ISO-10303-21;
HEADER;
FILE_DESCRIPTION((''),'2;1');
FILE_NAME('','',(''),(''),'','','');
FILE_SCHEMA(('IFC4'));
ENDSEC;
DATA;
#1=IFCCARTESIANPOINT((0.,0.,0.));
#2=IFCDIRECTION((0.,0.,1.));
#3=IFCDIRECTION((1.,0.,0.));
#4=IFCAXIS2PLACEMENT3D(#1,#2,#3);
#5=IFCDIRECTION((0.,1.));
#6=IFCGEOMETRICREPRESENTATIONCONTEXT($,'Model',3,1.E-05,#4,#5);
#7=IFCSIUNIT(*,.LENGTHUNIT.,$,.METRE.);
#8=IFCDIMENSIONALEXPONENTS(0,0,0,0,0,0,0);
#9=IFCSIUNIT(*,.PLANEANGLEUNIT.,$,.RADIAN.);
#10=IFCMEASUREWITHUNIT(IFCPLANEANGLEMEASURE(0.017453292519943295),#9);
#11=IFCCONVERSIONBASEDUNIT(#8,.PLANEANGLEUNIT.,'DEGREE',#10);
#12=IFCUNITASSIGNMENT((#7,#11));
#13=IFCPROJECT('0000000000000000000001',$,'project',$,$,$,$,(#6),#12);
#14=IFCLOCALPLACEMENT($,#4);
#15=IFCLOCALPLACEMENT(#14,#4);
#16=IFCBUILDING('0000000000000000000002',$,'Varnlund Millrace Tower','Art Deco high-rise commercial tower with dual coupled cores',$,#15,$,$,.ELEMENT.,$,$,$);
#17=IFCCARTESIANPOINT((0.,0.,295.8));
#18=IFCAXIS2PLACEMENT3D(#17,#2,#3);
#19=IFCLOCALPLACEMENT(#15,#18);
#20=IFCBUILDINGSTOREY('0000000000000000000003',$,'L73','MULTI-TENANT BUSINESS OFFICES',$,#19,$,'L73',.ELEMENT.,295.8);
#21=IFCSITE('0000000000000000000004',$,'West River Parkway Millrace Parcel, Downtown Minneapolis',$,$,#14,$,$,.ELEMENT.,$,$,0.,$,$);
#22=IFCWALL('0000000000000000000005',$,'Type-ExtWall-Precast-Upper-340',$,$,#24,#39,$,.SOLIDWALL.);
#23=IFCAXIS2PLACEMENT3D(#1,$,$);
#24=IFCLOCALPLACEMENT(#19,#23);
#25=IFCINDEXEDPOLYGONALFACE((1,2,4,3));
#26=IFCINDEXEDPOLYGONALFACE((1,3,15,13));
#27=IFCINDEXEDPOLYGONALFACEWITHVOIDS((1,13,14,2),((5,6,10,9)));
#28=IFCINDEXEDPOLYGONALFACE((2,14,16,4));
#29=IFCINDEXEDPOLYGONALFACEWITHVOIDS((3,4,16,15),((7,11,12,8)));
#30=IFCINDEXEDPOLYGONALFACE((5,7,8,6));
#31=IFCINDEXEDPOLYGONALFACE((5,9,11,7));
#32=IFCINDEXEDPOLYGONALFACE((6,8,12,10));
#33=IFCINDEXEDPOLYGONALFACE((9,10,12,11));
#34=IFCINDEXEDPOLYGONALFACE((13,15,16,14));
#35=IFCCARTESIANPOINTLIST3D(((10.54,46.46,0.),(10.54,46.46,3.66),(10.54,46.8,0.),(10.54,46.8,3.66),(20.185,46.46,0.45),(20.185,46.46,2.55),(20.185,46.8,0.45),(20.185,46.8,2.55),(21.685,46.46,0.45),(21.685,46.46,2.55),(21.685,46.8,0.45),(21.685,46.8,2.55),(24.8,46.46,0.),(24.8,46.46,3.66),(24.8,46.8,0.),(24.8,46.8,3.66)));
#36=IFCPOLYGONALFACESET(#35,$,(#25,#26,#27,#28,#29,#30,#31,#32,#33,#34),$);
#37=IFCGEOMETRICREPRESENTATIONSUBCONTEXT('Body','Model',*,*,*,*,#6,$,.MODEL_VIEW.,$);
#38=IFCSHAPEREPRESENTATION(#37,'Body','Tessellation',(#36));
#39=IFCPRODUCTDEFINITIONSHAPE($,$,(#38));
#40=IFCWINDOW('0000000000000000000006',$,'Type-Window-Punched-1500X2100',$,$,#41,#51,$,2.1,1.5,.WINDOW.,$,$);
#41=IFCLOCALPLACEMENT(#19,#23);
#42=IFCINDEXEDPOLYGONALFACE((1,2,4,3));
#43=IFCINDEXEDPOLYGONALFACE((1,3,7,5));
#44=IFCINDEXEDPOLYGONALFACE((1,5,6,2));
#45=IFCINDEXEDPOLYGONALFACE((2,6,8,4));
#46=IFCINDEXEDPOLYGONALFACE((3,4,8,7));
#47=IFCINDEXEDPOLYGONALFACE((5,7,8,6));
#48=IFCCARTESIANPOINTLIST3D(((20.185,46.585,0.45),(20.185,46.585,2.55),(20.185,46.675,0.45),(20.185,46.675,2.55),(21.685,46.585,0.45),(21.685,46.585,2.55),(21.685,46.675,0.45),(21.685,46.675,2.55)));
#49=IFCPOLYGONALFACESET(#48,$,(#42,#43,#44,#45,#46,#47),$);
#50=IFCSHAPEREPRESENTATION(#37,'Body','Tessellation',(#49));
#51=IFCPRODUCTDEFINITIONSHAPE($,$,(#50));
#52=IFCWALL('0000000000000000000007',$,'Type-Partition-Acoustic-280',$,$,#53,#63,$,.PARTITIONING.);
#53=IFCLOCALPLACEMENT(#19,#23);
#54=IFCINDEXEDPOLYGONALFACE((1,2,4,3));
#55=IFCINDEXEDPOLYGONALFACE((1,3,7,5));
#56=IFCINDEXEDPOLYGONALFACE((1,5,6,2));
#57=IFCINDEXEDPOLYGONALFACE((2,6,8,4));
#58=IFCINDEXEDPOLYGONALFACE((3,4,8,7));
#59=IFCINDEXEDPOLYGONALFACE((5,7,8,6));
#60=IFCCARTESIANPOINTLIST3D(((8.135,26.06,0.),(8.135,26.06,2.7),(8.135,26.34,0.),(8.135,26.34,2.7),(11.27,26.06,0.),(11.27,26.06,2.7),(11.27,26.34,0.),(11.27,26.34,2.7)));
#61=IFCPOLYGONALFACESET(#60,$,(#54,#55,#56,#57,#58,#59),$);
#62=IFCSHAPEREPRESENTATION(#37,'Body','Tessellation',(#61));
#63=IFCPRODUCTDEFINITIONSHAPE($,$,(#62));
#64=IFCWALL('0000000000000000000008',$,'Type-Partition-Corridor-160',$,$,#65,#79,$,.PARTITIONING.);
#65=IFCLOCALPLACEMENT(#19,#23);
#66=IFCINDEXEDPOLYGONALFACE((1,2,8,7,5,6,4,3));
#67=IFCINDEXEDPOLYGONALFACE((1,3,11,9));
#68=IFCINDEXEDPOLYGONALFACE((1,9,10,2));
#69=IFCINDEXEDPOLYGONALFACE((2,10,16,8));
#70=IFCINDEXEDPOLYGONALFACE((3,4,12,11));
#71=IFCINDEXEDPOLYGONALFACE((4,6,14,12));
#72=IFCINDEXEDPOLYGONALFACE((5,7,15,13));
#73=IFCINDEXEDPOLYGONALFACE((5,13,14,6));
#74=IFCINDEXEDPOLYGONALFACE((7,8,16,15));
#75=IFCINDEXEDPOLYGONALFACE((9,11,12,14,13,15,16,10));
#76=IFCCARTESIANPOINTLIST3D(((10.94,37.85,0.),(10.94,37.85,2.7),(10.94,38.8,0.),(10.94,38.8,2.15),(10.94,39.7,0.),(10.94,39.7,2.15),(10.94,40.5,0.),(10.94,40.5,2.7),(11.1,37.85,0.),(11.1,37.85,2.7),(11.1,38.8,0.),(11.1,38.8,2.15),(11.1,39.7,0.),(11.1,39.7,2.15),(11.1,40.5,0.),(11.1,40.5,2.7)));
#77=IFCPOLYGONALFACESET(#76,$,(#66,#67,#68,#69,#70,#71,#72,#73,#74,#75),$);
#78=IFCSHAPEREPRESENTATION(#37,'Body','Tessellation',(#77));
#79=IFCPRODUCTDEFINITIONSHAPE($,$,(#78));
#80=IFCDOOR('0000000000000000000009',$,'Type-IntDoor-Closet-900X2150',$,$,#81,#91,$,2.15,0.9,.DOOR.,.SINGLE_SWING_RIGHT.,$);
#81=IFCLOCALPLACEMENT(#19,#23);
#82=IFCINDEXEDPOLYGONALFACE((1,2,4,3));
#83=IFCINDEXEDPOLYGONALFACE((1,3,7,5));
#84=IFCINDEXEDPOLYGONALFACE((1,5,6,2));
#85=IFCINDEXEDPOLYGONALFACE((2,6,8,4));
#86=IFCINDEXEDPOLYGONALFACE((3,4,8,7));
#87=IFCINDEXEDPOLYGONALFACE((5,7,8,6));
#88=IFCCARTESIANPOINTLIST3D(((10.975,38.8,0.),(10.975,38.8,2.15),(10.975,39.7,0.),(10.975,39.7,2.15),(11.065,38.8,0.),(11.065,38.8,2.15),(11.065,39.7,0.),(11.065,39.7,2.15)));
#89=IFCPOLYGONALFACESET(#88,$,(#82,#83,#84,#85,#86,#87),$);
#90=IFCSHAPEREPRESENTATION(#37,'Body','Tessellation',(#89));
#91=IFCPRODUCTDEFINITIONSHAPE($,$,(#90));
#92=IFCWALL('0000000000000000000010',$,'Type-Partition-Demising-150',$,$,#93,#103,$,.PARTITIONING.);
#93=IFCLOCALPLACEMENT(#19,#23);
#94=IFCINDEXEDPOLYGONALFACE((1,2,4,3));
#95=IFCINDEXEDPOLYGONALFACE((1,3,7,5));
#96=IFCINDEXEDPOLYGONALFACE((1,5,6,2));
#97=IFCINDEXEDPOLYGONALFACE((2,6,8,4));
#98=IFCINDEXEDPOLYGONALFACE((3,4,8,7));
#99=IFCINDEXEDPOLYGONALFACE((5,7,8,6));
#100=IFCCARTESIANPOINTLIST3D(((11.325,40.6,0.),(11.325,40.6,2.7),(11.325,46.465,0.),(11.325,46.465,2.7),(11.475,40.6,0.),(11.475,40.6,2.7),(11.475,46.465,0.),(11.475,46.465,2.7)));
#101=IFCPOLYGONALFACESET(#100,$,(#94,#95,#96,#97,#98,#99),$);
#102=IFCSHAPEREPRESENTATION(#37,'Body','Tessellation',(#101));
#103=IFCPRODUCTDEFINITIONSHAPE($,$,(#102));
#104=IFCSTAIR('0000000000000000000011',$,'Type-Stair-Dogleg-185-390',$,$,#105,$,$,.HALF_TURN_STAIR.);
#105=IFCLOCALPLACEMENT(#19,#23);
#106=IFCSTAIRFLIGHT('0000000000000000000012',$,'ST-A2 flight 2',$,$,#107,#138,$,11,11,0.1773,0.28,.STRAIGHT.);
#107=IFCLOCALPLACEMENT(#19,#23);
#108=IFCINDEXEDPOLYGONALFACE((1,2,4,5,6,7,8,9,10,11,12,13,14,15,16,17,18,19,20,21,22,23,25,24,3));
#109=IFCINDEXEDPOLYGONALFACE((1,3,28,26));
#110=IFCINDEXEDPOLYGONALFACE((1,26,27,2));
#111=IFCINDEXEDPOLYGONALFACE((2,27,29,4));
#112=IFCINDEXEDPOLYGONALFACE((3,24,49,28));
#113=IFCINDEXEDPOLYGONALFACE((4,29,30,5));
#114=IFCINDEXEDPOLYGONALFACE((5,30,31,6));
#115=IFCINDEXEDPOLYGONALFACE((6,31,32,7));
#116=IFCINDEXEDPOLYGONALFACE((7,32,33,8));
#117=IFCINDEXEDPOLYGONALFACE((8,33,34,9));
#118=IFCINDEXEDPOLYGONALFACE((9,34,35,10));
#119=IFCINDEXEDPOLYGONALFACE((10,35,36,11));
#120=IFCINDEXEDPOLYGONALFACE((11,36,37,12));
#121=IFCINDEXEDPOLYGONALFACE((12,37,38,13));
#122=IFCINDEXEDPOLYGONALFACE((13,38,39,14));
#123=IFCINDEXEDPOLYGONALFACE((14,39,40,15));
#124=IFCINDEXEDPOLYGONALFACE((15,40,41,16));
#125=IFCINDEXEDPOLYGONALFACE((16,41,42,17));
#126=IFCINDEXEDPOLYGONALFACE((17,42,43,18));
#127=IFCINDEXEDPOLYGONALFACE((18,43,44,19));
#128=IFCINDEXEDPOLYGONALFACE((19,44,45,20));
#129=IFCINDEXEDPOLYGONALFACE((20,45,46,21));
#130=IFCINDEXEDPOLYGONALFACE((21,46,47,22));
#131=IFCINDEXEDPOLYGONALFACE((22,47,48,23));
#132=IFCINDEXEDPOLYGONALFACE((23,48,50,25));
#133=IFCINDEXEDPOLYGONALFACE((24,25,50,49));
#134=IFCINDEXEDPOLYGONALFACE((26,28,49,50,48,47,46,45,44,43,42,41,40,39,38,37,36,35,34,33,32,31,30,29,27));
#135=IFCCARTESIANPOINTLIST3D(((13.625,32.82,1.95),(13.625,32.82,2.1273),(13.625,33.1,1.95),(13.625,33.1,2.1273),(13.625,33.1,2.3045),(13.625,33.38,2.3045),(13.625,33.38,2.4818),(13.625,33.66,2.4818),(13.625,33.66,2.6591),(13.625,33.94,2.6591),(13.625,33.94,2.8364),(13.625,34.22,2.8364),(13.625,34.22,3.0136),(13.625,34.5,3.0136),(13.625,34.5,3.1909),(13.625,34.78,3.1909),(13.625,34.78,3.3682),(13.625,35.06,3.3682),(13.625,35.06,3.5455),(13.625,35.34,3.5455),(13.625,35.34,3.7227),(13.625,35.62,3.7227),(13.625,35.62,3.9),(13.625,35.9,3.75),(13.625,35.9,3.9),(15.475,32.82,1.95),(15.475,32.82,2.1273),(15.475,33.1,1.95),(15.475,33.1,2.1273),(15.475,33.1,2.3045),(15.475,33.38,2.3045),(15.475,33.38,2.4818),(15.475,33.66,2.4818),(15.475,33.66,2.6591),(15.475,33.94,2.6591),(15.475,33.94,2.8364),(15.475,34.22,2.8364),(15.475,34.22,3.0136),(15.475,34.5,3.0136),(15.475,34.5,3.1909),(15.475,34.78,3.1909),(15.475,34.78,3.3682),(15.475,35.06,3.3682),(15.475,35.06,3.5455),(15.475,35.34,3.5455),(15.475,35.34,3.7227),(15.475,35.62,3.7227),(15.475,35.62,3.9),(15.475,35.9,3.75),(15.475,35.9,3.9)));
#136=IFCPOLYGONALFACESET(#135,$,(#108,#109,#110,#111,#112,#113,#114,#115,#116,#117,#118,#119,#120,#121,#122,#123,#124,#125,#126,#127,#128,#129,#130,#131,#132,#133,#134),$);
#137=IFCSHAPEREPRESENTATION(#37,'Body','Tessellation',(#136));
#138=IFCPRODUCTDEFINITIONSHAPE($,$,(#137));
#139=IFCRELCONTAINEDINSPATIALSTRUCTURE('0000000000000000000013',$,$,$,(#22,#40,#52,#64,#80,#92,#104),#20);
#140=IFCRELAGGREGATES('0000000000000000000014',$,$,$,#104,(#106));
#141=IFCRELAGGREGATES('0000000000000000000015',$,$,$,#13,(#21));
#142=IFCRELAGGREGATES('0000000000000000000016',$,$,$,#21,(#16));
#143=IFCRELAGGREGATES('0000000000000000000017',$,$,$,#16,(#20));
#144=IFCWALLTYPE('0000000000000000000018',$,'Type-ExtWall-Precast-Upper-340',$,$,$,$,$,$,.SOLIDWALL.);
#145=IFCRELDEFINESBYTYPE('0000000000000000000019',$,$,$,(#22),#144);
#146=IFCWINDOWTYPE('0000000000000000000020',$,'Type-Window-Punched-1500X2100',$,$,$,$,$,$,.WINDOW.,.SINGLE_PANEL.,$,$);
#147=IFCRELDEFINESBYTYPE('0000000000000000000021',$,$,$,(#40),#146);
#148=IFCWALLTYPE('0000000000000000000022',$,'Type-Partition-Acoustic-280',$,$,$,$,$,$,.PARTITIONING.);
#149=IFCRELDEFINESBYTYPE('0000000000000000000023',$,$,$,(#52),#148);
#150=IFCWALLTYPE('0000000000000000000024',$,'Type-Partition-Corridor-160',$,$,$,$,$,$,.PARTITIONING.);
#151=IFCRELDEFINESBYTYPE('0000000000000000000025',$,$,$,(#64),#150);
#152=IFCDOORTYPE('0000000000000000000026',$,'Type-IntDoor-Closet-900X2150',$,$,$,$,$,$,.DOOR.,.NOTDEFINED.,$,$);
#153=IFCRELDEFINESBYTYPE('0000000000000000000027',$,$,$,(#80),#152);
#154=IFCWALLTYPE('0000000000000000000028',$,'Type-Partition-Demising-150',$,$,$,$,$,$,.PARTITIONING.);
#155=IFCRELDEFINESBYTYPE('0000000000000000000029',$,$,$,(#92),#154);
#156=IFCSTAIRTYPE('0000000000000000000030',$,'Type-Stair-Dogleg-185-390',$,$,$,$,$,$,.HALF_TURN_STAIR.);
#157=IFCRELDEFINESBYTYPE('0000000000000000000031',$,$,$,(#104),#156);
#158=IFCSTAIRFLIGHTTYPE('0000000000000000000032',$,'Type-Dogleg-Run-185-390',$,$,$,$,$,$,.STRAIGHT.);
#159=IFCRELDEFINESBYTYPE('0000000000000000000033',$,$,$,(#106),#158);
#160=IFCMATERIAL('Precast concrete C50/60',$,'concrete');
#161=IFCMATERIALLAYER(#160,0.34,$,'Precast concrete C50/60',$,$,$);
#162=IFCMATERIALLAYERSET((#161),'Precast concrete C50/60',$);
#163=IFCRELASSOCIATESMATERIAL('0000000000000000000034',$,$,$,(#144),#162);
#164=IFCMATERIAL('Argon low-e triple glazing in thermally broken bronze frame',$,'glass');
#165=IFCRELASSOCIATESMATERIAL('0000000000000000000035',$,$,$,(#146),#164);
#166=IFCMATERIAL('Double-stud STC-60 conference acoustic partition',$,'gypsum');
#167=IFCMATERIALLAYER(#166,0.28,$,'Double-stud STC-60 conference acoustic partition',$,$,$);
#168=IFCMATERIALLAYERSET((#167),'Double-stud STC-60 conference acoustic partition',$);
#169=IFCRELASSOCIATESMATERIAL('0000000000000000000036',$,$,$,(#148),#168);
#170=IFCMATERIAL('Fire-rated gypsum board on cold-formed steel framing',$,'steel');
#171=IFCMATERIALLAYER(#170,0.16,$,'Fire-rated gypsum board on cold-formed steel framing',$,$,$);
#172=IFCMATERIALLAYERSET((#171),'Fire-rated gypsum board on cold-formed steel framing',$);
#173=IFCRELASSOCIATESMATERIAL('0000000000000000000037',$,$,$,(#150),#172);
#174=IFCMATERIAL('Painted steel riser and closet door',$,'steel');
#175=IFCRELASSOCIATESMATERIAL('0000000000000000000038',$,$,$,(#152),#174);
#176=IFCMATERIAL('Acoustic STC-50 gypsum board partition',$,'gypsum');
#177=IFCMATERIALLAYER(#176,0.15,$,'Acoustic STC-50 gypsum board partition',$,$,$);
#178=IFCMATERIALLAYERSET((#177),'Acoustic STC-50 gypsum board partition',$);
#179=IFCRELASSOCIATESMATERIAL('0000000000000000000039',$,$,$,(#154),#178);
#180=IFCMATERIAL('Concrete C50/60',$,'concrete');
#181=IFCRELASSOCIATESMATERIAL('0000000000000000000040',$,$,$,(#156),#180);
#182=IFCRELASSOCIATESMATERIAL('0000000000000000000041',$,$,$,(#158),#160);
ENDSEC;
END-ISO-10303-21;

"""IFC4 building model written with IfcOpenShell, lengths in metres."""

from ifc_helpers import new_model, entity, si_unit, converted_unit, direction, frame, origin_with_axes, origin_2d_with_axis, place, context, subcontext, project, spatial, polyline, rectangle, outline, extrude, material, layer, layer_set, type_object, element, fill, aggregate, save


model = new_model("IFC4")

# Units and contexts
model_context = context("Model", 3, precision=1e-05, world=origin_with_axes(), true_north=direction((0.0, 1.0)))
body_context = subcontext(model_context, "Body", "Model", "MODEL_VIEW")
ifc_project = project(units=[si_unit("LENGTHUNIT", "METRE"), converted_unit("PLANEANGLEUNIT", "DEGREE", entity("IfcPlaneAngleMeasure", 0.017453292519943295), si_unit("PLANEANGLEUNIT", "RADIAN"), dimensions=[0, 0, 0, 0, 0, 0, 0])], contexts=[model_context])

# Site, building, storey
site_placement = place(None, origin_with_axes())
site = spatial("IfcSite", under=ifc_project, at=site_placement, Name="West River Parkway Millrace Parcel, Downtown Minneapolis", CompositionType="ELEMENT", RefElevation=0.0)
building_placement = place(site_placement, origin_with_axes())
building = spatial("IfcBuilding", under=site, at=building_placement, Name="Varnlund Millrace Tower", Description="Art Deco high-rise commercial tower with dual coupled cores", CompositionType="ELEMENT")
storey_placement = place(building_placement, frame((0.0, 0.0, 295.8), z_axis=(0.0, 0.0, 1.0), x_axis=(1.0, 0.0, 0.0)))
storey = spatial("IfcBuildingStorey", under=building, at=storey_placement, Name="L73", Description="MULTI-TENANT BUSINESS OFFICES", LongName="L73", CompositionType="ELEMENT", Elevation=295.8)

# Shared definitions
ifc_material_1 = material(Name="Precast concrete C50/60", Category="concrete")
ifc_layer_1 = layer(ifc_material_1, 0.34, Name="Precast concrete C50/60")
ifc_layer_set_1 = layer_set([ifc_layer_1], Name="Precast concrete C50/60")
wall_type_1 = type_object("IfcWallType", Name="Type-ExtWall-Precast-Upper-340", PredefinedType="SOLIDWALL", material=ifc_layer_set_1)

# Wall, opening, window
wall_1_placement = place(storey_placement, frame((10.54, 46.63, 0.0), z_axis=(0.0, 0.0, 1.0), x_axis=(1.0, 0.0, 0.0)))
wall_1 = element("IfcWall", 1, at=wall_1_placement, inside=storey, type_object=wall_type_1, Name="Type-ExtWall-Precast-Upper-340", PredefinedType="SOLIDWALL", context=body_context, shape_type="SweptSolid", body=[
    extrude(outline(polyline([(0.0, -0.17), (14.26, -0.17), (14.26, 0.17), (0.0, 0.17), (0.0, -0.17)])), origin_with_axes(), (0.0, 0.0, 1.0), 3.66),
])
opening_1_placement = place(wall_1_placement, frame((10.395, 0.0, 0.45), z_axis=(0.0, 0.0, 1.0), x_axis=(1.0, 0.0, 0.0)))
opening_1 = element("IfcOpeningElement", 2, at=opening_1_placement, cuts=wall_1, PredefinedType="OPENING", context=body_context, shape_type="SweptSolid", body=[
    extrude(rectangle(XDim=1.5, YDim=0.36, at=origin_2d_with_axis()), origin_with_axes(), (0.0, 0.0, 1.0), 2.1),
])
ifc_material_2 = material(Name="Argon low-e triple glazing in thermally broken bronze frame", Category="glass")
window_type = type_object("IfcWindowType", Name="Type-Window-Punched-1500X2100", PartitioningType="SINGLE_PANEL", PredefinedType="WINDOW", material=ifc_material_2)
window_placement = place(wall_1_placement, frame((10.395, 0.0, 0.45), z_axis=(0.0, 0.0, 1.0), x_axis=(1.0, 0.0, 0.0)))
window = element("IfcWindow", 3, at=window_placement, inside=storey, type_object=window_type, Name="Type-Window-Punched-1500X2100", OverallHeight=2.1, OverallWidth=1.5, PredefinedType="WINDOW", context=body_context, shape_type="SweptSolid", body=[
    extrude(rectangle(XDim=1.5, YDim=0.09, at=origin_2d_with_axis()), origin_with_axes(), (0.0, 0.0, 1.0), 2.1),
])
fill(opening_1, window)

# Wall
ifc_material_3 = material(Name="Double-stud STC-60 conference acoustic partition", Category="gypsum")
ifc_layer_2 = layer(ifc_material_3, 0.28, Name="Double-stud STC-60 conference acoustic partition")
ifc_layer_set_2 = layer_set([ifc_layer_2], Name="Double-stud STC-60 conference acoustic partition")
wall_type_2 = type_object("IfcWallType", Name="Type-Partition-Acoustic-280", PredefinedType="PARTITIONING", material=ifc_layer_set_2)
wall_2_placement = place(storey_placement, frame((8.135, 26.2, 0.0), z_axis=(0.0, 0.0, 1.0), x_axis=(1.0, 0.0, 0.0)))
element("IfcWall", 4, at=wall_2_placement, inside=storey, type_object=wall_type_2, Name="Type-Partition-Acoustic-280", PredefinedType="PARTITIONING", context=body_context, shape_type="SweptSolid", body=[
    extrude(outline(polyline([(0.0, -0.14), (3.135, -0.14), (3.135, 0.14), (0.0, 0.14), (0.0, -0.14)])), origin_with_axes(), (0.0, 0.0, 1.0), 2.7),
])

# Shared definitions
ifc_material_4 = material(Name="Fire-rated gypsum board on cold-formed steel framing", Category="steel")
ifc_layer_3 = layer(ifc_material_4, 0.16, Name="Fire-rated gypsum board on cold-formed steel framing")
ifc_layer_set_3 = layer_set([ifc_layer_3], Name="Fire-rated gypsum board on cold-formed steel framing")
wall_type_3 = type_object("IfcWallType", Name="Type-Partition-Corridor-160", PredefinedType="PARTITIONING", material=ifc_layer_set_3)
ifc_material_5 = material(Name="Painted steel riser and closet door", Category="steel")
door_type_1 = type_object("IfcDoorType", Name="Type-IntDoor-Closet-900X2150", OperationType="NOTDEFINED", PredefinedType="DOOR", material=ifc_material_5)

# Wall, opening, door
wall_3_placement = place(storey_placement, frame((11.02, 37.85, 0.0), z_axis=(0.0, 0.0, 1.0), x_axis=(0.0, 1.0, 0.0)))
wall_3 = element("IfcWall", 5, at=wall_3_placement, inside=storey, type_object=wall_type_3, Name="Type-Partition-Corridor-160", PredefinedType="PARTITIONING", context=body_context, shape_type="SweptSolid", body=[
    extrude(outline(polyline([(0.0, -0.08), (2.65, -0.08), (2.65, 0.08), (0.0, 0.08), (0.0, -0.08)])), origin_with_axes(), (0.0, 0.0, 1.0), 2.7),
])
opening_2_placement = place(wall_3_placement, frame((1.4, 0.0, 0.0), z_axis=(0.0, 0.0, 1.0), x_axis=(1.0, 0.0, 0.0)))
opening_2 = element("IfcOpeningElement", 6, at=opening_2_placement, cuts=wall_3, PredefinedType="OPENING", context=body_context, shape_type="SweptSolid", body=[
    extrude(rectangle(XDim=0.9, YDim=0.18, at=origin_2d_with_axis()), origin_with_axes(), (0.0, 0.0, 1.0), 2.15),
])
door_1_placement = place(wall_3_placement, frame((1.4, 0.0, 0.0), z_axis=(0.0, 0.0, 1.0), x_axis=(1.0, 0.0, 0.0)))
door_1 = element("IfcDoor", 7, at=door_1_placement, inside=storey, type_object=door_type_1, Name="Type-IntDoor-Closet-900X2150", OperationType="SINGLE_SWING_RIGHT", OverallHeight=2.15, OverallWidth=0.9, PredefinedType="DOOR", context=body_context, shape_type="SweptSolid", body=[
    extrude(rectangle(XDim=0.9, YDim=0.09, at=origin_2d_with_axis()), origin_with_axes(), (0.0, 0.0, 1.0), 2.15),
])
fill(opening_2, door_1)

# Wall
ifc_material_6 = material(Name="Acoustic STC-50 gypsum board partition", Category="gypsum")
ifc_layer_4 = layer(ifc_material_6, 0.15, Name="Acoustic STC-50 gypsum board partition")
ifc_layer_set_4 = layer_set([ifc_layer_4], Name="Acoustic STC-50 gypsum board partition")
wall_type_4 = type_object("IfcWallType", Name="Type-Partition-Demising-150", PredefinedType="PARTITIONING", material=ifc_layer_set_4)
wall_4_placement = place(storey_placement, frame((11.4, 40.6, 0.0), z_axis=(0.0, 0.0, 1.0), x_axis=(0.0, 1.0, 0.0)))
element("IfcWall", 8, at=wall_4_placement, inside=storey, type_object=wall_type_4, Name="Type-Partition-Demising-150", PredefinedType="PARTITIONING", context=body_context, shape_type="SweptSolid", body=[
    extrude(outline(polyline([(0.0, -0.075), (5.865, -0.075), (5.865, 0.075), (0.0, 0.075), (0.0, -0.075)])), origin_with_axes(), (0.0, 0.0, 1.0), 2.7),
])

# Stair, stair flight
ifc_material_7 = material(Name="Concrete C50/60", Category="concrete")
stair_type = type_object("IfcStairType", Name="Type-Stair-Dogleg-185-390", PredefinedType="HALF_TURN_STAIR", material=ifc_material_7)
stair_placement = place(storey_placement, origin_with_axes())
stair = element("IfcStair", 9, at=stair_placement, inside=storey, type_object=stair_type, Name="Type-Stair-Dogleg-185-390", PredefinedType="HALF_TURN_STAIR")
stair_flight_type = type_object("IfcStairFlightType", Name="Type-Dogleg-Run-185-390", PredefinedType="STRAIGHT", material=ifc_material_1)
stair_flight_placement = place(storey_placement, frame((13.625, 32.82, 1.95), z_axis=(1.0, 0.0, 0.0), x_axis=(0.0, 1.0, 0.0)))
stair_flight = element("IfcStairFlight", 10, at=stair_flight_placement, type_object=stair_flight_type, Name="ST-A2 flight 2", NumberOfRisers=11, NumberOfTreads=11, PredefinedType="STRAIGHT", RiserHeight=0.1773, TreadLength=0.28, context=body_context, shape_type="SweptSolid", body=[
    extrude(outline(polyline([(0.0, 0.0), (0.0, 0.1773), (0.28, 0.1773), (0.28, 0.3545), (0.56, 0.3545), (0.56, 0.5318), (0.84, 0.5318), (0.84, 0.7091), (1.12, 0.7091), (1.12, 0.8864), (1.4, 0.8864), (1.4, 1.0636), (1.68, 1.0636), (1.68, 1.2409), (1.96, 1.2409), (1.96, 1.4182), (2.24, 1.4182), (2.24, 1.5955), (2.52, 1.5955), (2.52, 1.7727), (2.8, 1.7727), (2.8, 1.95), (3.08, 1.95), (3.08, 1.8), (0.28, 0.0), (0.0, 0.0)])), origin_with_axes(), (0.0, 0.0, 1.0), 1.85),
])
aggregate(stair, [stair_flight])

save(model, "model.ifc")
